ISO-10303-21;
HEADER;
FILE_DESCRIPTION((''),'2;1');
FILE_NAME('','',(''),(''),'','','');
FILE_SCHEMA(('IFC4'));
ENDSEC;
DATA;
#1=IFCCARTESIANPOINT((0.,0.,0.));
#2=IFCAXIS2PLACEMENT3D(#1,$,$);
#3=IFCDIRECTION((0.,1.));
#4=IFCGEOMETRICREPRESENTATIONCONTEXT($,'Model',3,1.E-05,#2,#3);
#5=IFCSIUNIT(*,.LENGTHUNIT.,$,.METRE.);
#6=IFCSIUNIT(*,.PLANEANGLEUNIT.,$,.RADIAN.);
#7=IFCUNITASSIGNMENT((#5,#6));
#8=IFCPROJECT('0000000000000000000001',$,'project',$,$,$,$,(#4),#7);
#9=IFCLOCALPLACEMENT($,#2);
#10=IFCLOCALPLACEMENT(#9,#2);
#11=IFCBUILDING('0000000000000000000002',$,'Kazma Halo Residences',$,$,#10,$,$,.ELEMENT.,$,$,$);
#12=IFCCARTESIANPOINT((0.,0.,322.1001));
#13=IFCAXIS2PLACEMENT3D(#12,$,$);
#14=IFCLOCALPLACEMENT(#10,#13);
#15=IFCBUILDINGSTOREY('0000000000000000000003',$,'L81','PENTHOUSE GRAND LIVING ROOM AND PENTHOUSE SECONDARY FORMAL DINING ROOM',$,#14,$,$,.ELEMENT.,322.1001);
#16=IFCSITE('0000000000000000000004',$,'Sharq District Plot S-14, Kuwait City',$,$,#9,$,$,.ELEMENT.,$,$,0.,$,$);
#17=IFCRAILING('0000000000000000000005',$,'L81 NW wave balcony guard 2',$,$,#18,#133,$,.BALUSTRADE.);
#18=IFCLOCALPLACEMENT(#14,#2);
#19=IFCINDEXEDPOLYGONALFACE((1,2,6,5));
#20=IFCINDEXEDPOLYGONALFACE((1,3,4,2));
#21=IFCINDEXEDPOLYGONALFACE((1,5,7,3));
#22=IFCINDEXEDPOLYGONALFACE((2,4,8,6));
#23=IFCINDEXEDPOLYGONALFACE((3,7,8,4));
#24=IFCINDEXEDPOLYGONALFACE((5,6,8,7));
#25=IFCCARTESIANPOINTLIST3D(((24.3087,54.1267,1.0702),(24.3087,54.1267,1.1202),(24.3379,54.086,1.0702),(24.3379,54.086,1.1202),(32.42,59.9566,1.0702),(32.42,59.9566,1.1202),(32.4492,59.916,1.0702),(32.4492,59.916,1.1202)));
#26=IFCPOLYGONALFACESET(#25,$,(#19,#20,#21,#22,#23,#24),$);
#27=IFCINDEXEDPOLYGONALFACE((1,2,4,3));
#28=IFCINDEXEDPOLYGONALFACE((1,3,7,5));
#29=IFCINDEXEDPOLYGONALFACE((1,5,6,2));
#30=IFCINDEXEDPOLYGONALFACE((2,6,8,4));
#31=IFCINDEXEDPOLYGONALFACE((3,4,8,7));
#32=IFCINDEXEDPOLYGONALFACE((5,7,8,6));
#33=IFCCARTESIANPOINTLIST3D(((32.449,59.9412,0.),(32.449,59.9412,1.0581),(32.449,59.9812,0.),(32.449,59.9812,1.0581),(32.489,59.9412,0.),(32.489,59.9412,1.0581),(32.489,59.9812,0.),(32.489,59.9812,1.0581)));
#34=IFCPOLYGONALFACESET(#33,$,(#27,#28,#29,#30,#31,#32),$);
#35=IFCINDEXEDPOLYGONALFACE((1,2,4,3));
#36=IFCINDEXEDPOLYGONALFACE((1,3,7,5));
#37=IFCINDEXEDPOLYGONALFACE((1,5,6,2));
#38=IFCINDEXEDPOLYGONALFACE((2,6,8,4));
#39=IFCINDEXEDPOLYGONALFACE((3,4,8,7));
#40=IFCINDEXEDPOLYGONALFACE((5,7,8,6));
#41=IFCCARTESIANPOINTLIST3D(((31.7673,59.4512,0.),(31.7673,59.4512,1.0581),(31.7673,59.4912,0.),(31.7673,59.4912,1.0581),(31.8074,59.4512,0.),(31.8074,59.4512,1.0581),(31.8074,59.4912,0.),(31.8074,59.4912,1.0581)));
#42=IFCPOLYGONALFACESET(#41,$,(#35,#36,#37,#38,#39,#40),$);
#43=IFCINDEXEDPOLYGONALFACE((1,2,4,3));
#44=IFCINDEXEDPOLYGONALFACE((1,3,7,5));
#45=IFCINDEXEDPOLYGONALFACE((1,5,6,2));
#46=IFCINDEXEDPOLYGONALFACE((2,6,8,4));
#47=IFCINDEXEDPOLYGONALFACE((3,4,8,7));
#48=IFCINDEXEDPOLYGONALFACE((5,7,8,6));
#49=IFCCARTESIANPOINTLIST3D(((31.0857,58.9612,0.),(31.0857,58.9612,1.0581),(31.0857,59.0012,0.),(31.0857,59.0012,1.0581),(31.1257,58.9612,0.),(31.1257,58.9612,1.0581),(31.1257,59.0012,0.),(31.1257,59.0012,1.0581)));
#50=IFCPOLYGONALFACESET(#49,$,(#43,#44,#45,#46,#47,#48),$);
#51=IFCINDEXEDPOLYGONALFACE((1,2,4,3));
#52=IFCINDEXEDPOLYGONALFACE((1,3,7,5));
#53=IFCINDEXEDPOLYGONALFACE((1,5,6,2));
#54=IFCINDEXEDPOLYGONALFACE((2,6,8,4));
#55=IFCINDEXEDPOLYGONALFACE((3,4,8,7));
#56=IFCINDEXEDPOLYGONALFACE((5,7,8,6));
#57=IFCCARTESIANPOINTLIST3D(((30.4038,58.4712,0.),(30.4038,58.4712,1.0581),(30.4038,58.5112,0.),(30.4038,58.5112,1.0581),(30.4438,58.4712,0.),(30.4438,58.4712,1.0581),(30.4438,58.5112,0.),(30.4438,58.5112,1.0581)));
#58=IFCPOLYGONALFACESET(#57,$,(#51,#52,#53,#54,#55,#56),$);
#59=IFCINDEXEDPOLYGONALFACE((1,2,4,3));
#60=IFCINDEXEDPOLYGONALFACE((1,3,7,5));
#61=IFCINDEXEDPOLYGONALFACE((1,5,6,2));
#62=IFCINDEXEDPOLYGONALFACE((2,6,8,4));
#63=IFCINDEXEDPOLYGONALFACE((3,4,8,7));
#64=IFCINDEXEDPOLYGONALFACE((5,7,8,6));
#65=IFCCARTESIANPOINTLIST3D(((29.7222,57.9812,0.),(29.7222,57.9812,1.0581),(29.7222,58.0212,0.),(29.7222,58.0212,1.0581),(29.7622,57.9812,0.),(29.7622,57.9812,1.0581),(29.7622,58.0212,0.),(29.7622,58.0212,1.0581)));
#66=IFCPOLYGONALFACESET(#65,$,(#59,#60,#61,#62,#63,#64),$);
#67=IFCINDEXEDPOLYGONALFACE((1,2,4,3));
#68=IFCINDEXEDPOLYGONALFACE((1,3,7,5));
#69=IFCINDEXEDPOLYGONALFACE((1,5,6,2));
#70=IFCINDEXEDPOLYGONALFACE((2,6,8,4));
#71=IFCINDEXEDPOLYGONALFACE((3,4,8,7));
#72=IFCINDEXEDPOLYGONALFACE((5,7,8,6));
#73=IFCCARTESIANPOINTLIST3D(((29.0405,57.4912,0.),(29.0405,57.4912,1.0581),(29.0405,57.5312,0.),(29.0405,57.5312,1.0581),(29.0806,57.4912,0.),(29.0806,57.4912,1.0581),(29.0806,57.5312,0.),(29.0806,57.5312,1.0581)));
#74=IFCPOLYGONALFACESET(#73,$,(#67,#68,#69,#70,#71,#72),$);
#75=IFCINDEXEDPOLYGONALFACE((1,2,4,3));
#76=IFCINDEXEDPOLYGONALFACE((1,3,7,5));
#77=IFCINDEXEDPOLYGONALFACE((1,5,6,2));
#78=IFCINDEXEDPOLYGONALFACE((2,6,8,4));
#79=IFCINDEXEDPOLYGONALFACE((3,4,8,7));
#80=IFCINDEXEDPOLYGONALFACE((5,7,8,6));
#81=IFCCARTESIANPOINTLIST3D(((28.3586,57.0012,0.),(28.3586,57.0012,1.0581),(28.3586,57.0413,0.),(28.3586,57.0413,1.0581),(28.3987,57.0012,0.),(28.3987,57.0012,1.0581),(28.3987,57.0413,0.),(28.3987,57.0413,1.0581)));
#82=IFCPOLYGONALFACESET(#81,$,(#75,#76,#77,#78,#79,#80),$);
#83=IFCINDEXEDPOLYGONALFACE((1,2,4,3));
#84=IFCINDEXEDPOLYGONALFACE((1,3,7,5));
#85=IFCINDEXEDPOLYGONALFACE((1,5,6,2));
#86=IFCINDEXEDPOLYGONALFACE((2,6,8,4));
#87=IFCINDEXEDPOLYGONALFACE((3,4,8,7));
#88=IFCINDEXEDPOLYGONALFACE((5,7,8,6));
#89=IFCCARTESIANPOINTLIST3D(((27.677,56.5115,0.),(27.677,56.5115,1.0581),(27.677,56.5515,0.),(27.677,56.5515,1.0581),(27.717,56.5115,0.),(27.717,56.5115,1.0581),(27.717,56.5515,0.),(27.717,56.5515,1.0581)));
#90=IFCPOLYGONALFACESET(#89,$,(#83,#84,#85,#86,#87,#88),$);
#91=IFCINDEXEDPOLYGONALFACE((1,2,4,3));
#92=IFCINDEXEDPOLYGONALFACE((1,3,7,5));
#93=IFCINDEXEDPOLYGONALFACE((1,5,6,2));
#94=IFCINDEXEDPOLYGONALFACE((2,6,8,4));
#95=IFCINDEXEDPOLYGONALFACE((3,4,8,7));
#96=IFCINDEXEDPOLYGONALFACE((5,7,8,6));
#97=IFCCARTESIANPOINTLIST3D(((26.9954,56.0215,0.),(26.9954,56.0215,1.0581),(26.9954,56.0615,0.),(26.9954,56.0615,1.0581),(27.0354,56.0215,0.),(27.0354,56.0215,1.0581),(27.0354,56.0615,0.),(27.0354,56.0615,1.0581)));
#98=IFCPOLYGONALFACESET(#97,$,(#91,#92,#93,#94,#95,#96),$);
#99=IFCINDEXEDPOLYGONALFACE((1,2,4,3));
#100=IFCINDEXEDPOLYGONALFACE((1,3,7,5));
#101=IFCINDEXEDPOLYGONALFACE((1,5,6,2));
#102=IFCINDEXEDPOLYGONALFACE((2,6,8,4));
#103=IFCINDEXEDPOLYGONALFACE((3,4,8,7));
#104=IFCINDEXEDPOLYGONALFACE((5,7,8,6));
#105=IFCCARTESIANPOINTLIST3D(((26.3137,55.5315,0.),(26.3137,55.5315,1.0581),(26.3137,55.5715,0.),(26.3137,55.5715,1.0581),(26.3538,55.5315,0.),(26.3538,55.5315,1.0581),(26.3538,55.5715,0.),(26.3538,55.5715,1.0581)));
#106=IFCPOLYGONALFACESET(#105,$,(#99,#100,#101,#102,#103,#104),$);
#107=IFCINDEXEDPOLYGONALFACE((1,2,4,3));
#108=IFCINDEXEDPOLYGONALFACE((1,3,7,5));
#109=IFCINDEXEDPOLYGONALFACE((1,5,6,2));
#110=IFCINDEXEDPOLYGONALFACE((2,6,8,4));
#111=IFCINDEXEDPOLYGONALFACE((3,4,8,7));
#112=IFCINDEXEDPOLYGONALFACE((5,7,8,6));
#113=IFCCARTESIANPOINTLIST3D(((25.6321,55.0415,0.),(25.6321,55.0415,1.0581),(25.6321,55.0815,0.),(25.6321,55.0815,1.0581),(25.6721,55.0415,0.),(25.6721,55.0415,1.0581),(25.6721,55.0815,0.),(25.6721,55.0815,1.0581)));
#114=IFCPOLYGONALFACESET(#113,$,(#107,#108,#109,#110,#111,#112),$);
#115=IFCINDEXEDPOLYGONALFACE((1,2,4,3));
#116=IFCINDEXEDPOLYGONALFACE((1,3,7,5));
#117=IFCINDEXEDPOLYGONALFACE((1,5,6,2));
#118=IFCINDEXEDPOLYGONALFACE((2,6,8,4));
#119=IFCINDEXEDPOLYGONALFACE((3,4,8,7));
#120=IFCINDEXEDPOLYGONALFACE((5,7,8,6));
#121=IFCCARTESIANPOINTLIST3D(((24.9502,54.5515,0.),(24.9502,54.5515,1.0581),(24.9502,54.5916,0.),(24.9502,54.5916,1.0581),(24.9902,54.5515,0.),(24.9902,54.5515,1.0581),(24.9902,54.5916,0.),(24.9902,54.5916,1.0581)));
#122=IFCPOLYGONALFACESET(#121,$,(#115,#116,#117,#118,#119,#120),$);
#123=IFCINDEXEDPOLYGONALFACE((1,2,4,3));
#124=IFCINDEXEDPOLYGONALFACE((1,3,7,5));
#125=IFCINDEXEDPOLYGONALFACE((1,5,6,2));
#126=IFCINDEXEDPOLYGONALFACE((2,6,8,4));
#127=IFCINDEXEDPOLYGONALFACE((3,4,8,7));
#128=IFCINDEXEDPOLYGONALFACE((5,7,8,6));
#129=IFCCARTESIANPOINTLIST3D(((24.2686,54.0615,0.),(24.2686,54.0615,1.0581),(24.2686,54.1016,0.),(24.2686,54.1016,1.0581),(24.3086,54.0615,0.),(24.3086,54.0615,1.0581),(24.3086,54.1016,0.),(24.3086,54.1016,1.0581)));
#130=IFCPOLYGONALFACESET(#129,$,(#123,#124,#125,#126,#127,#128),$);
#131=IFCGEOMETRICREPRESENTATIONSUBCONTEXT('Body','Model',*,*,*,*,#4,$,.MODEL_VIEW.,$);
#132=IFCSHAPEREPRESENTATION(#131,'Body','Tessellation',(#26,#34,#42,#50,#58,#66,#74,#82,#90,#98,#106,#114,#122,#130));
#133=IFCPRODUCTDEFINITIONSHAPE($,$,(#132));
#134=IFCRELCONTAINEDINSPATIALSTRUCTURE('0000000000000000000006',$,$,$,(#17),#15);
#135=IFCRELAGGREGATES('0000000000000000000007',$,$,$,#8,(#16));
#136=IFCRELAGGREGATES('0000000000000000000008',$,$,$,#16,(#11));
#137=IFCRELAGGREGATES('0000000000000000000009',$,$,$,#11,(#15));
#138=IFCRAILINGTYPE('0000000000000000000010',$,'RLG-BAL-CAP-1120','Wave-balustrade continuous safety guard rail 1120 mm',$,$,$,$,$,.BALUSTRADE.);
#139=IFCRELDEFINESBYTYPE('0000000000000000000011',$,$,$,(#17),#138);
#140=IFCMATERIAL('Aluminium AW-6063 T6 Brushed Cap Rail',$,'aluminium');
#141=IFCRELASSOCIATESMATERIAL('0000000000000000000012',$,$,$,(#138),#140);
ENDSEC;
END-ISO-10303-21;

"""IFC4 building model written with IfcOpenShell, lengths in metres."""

from ifc_helpers import new_model, si_unit, direction, frame, origin, origin_2d, place, context, subcontext, project, spatial, rectangle, extrude, material, type_object, element, save


model = new_model("IFC4")

# Units and contexts
model_context = context("Model", 3, precision=1e-05, world=origin(), true_north=direction((0.0, 1.0)))
body_context = subcontext(model_context, "Body", "Model", "MODEL_VIEW")
ifc_project = project(units=[si_unit("LENGTHUNIT", "METRE"), si_unit("PLANEANGLEUNIT", "RADIAN")], contexts=[model_context])

# Site, building, storey
site_placement = place(None, origin())
site = spatial("IfcSite", under=ifc_project, at=site_placement, Name="Sharq District Plot S-14, Kuwait City", CompositionType="ELEMENT", RefElevation=0.0)
building_placement = place(site_placement, origin())
building = spatial("IfcBuilding", under=site, at=building_placement, Name="Kazma Halo Residences", CompositionType="ELEMENT")
storey_placement = place(building_placement, frame((0.0, 0.0, 322.1001)))
storey = spatial("IfcBuildingStorey", under=building, at=storey_placement, Name="L81", Description="PENTHOUSE GRAND LIVING ROOM AND PENTHOUSE SECONDARY FORMAL DINING ROOM", CompositionType="ELEMENT", Elevation=322.1001)

# Railing
ifc_material_1 = material(Name="Aluminium AW-6063 T6 Brushed Cap Rail", Category="aluminium")
railing_type = type_object("IfcRailingType", Name="RLG-BAL-CAP-1120", Description="Wave-balustrade continuous safety guard rail 1120 mm", PredefinedType="BALUSTRADE", material=ifc_material_1)
railing_1_placement = place(storey_placement, frame((32.469, 59.9612, 0.0)))
element("IfcRailing", 1, at=railing_1_placement, inside=storey, type_object=railing_type, Name="L81 NW wave balcony guard 2", PredefinedType="BALUSTRADE", context=body_context, shape_type="SweptSolid", body=[
    extrude(rectangle(XDim=0.05, YDim=0.05, at=origin_2d()), frame((-0.0344, -0.0249, 1.0952), z_axis=(-0.812017, -0.583634, 0.0), x_axis=(0.583634, -0.812017, 0.0)), (0.0, 0.0, 1.0), 9.989),
    extrude(rectangle(XDim=0.04, YDim=0.04, at=origin_2d()), origin(), (0.0, 0.0, 1.0), 1.0581),
    extrude(rectangle(XDim=0.04, YDim=0.04, at=origin_2d()), frame((-0.6816, -0.49, 0.0)), (0.0, 0.0, 1.0), 1.0581),
    extrude(rectangle(XDim=0.04, YDim=0.04, at=origin_2d()), frame((-1.3633, -0.98, 0.0)), (0.0, 0.0, 1.0), 1.0581),
    extrude(rectangle(XDim=0.04, YDim=0.04, at=origin_2d()), frame((-2.0452, -1.47, 0.0)), (0.0, 0.0, 1.0), 1.0581),
    extrude(rectangle(XDim=0.04, YDim=0.04, at=origin_2d()), frame((-2.7268, -1.96, 0.0)), (0.0, 0.0, 1.0), 1.0581),
    extrude(rectangle(XDim=0.04, YDim=0.04, at=origin_2d()), frame((-3.4084, -2.45, 0.0)), (0.0, 0.0, 1.0), 1.0581),
    extrude(rectangle(XDim=0.04, YDim=0.04, at=origin_2d()), frame((-4.0903, -2.9399, 0.0)), (0.0, 0.0, 1.0), 1.0581),
    extrude(rectangle(XDim=0.04, YDim=0.04, at=origin_2d()), frame((-4.772, -3.4297, 0.0)), (0.0, 0.0, 1.0), 1.0581),
    extrude(rectangle(XDim=0.04, YDim=0.04, at=origin_2d()), frame((-5.4536, -3.9197, 0.0)), (0.0, 0.0, 1.0), 1.0581),
    extrude(rectangle(XDim=0.04, YDim=0.04, at=origin_2d()), frame((-6.1353, -4.4097, 0.0)), (0.0, 0.0, 1.0), 1.0581),
    extrude(rectangle(XDim=0.04, YDim=0.04, at=origin_2d()), frame((-6.8169, -4.8997, 0.0)), (0.0, 0.0, 1.0), 1.0581),
    extrude(rectangle(XDim=0.04, YDim=0.04, at=origin_2d()), frame((-7.4988, -5.3896, 0.0)), (0.0, 0.0, 1.0), 1.0581),
    extrude(rectangle(XDim=0.04, YDim=0.04, at=origin_2d()), frame((-8.1804, -5.8796, 0.0)), (0.0, 0.0, 1.0), 1.0581),
])

save(model, "model.ifc")
